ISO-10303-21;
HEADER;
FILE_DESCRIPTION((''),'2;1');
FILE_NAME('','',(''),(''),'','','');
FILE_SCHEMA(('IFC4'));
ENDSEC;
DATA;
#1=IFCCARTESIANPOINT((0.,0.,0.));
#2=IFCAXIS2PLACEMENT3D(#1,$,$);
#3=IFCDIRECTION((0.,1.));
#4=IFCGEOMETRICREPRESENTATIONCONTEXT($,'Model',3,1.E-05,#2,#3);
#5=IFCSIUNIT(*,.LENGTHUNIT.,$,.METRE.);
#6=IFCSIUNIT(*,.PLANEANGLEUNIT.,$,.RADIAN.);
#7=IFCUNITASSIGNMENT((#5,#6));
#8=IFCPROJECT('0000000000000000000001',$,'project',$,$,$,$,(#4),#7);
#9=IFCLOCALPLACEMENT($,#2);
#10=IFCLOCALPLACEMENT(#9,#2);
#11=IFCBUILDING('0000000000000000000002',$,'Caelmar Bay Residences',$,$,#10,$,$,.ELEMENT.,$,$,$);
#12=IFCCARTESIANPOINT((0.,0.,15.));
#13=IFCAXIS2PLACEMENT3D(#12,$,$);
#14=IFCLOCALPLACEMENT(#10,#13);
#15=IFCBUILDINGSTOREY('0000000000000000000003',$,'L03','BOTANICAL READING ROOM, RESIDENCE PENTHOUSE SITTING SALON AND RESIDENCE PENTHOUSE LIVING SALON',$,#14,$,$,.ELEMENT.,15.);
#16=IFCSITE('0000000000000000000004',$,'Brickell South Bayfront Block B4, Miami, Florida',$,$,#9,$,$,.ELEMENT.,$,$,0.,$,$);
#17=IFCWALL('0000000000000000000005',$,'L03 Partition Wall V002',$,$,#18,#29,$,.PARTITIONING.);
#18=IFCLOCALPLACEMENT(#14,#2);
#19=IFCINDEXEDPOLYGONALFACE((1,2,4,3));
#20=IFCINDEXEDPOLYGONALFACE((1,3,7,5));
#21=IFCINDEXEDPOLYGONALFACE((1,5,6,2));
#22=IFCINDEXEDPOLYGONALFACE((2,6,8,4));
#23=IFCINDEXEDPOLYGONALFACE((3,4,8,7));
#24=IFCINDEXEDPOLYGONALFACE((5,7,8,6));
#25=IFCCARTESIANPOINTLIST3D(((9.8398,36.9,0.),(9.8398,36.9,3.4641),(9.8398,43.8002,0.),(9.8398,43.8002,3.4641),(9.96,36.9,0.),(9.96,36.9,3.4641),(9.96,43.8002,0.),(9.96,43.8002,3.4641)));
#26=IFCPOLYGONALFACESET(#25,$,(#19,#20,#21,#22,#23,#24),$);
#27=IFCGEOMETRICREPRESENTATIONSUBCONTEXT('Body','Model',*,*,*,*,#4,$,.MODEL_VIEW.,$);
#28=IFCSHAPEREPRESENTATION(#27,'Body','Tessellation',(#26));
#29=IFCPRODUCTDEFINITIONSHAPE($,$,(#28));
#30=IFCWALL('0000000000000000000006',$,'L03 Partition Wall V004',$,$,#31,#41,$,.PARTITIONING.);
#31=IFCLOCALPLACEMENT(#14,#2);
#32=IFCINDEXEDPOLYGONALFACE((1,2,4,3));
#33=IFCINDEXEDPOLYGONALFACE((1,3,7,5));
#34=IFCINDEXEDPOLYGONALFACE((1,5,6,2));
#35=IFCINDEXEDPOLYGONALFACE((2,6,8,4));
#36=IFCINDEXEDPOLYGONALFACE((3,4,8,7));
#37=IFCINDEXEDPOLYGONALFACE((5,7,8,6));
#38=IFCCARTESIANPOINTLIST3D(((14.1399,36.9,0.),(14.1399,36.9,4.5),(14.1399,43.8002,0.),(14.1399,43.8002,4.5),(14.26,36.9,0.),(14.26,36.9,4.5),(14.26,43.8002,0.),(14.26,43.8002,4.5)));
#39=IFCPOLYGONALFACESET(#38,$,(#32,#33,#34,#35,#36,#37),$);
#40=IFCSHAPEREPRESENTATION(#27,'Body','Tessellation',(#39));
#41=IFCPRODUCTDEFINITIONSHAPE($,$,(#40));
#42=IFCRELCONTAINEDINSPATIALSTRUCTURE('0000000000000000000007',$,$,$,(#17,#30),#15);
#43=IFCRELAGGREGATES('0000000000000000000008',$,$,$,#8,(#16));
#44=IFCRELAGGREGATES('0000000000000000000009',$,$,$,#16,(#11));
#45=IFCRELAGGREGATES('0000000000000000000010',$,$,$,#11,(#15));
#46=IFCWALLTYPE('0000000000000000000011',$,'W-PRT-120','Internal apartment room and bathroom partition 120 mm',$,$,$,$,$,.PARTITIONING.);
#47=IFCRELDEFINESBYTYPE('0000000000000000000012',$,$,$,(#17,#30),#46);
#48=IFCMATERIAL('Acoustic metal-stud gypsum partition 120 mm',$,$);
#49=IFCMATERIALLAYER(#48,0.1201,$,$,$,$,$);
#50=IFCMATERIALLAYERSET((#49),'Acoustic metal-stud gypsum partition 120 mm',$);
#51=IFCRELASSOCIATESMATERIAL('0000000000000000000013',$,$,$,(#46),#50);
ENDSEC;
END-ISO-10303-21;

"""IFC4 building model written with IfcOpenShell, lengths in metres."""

from ifc_helpers import new_model, si_unit, direction, frame, frame_2d, origin, place, context, subcontext, project, spatial, rectangle, extrude, material, layer, layer_set, type_object, element, save


model = new_model("IFC4")

# Units and contexts
model_context = context("Model", 3, precision=1e-05, world=origin(), true_north=direction((0.0, 1.0)))
body_context = subcontext(model_context, "Body", "Model", "MODEL_VIEW")
ifc_project = project(units=[si_unit("LENGTHUNIT", "METRE"), si_unit("PLANEANGLEUNIT", "RADIAN")], contexts=[model_context])

# Site, building, storey
site_placement = place(None, origin())
site = spatial("IfcSite", under=ifc_project, at=site_placement, Name="Brickell South Bayfront Block B4, Miami, Florida", CompositionType="ELEMENT", RefElevation=0.0)
building_placement = place(site_placement, origin())
building = spatial("IfcBuilding", under=site, at=building_placement, Name="Caelmar Bay Residences", CompositionType="ELEMENT")
storey_placement = place(building_placement, frame((0.0, 0.0, 15.0)))
storey = spatial("IfcBuildingStorey", under=building, at=storey_placement, Name="L03", Description="BOTANICAL READING ROOM, RESIDENCE PENTHOUSE SITTING SALON AND RESIDENCE PENTHOUSE LIVING SALON", CompositionType="ELEMENT", Elevation=15.0)

# Walls
ifc_material_1 = material(Name="Acoustic metal-stud gypsum partition 120 mm")
ifc_layer_1 = layer(ifc_material_1, 0.1201)
ifc_layer_set_1 = layer_set([ifc_layer_1], Name="Acoustic metal-stud gypsum partition 120 mm")
wall_type_1 = type_object("IfcWallType", Name="W-PRT-120", Description="Internal apartment room and bathroom partition 120 mm", PredefinedType="PARTITIONING", material=ifc_layer_set_1)
wall_1_placement = place(storey_placement, frame((9.8999, 36.8999, 0.0), z_axis=(0.0, 0.0, 1.0), x_axis=(0.0, 1.0, 0.0)))
element("IfcWall", 1, at=wall_1_placement, inside=storey, type_object=wall_type_1, Name="L03 Partition Wall V002", PredefinedType="PARTITIONING", context=body_context, shape_type="SweptSolid", body=[
    extrude(rectangle(XDim=6.9001, YDim=0.1201, at=frame_2d((3.4502, 0.0))), origin(), (0.0, 0.0, 1.0), 3.4641),
])
wall_2_placement = place(storey_placement, frame((14.2, 36.8999, 0.0), z_axis=(0.0, 0.0, 1.0), x_axis=(0.0, 1.0, 0.0)))
element("IfcWall", 2, at=wall_2_placement, inside=storey, type_object=wall_type_1, Name="L03 Partition Wall V004", PredefinedType="PARTITIONING", context=body_context, shape_type="SweptSolid", body=[
    extrude(rectangle(XDim=6.9001, YDim=0.1201, at=frame_2d((3.4502, 0.0))), origin(), (0.0, 0.0, 1.0), 4.5),
])

save(model, "model.ifc")
